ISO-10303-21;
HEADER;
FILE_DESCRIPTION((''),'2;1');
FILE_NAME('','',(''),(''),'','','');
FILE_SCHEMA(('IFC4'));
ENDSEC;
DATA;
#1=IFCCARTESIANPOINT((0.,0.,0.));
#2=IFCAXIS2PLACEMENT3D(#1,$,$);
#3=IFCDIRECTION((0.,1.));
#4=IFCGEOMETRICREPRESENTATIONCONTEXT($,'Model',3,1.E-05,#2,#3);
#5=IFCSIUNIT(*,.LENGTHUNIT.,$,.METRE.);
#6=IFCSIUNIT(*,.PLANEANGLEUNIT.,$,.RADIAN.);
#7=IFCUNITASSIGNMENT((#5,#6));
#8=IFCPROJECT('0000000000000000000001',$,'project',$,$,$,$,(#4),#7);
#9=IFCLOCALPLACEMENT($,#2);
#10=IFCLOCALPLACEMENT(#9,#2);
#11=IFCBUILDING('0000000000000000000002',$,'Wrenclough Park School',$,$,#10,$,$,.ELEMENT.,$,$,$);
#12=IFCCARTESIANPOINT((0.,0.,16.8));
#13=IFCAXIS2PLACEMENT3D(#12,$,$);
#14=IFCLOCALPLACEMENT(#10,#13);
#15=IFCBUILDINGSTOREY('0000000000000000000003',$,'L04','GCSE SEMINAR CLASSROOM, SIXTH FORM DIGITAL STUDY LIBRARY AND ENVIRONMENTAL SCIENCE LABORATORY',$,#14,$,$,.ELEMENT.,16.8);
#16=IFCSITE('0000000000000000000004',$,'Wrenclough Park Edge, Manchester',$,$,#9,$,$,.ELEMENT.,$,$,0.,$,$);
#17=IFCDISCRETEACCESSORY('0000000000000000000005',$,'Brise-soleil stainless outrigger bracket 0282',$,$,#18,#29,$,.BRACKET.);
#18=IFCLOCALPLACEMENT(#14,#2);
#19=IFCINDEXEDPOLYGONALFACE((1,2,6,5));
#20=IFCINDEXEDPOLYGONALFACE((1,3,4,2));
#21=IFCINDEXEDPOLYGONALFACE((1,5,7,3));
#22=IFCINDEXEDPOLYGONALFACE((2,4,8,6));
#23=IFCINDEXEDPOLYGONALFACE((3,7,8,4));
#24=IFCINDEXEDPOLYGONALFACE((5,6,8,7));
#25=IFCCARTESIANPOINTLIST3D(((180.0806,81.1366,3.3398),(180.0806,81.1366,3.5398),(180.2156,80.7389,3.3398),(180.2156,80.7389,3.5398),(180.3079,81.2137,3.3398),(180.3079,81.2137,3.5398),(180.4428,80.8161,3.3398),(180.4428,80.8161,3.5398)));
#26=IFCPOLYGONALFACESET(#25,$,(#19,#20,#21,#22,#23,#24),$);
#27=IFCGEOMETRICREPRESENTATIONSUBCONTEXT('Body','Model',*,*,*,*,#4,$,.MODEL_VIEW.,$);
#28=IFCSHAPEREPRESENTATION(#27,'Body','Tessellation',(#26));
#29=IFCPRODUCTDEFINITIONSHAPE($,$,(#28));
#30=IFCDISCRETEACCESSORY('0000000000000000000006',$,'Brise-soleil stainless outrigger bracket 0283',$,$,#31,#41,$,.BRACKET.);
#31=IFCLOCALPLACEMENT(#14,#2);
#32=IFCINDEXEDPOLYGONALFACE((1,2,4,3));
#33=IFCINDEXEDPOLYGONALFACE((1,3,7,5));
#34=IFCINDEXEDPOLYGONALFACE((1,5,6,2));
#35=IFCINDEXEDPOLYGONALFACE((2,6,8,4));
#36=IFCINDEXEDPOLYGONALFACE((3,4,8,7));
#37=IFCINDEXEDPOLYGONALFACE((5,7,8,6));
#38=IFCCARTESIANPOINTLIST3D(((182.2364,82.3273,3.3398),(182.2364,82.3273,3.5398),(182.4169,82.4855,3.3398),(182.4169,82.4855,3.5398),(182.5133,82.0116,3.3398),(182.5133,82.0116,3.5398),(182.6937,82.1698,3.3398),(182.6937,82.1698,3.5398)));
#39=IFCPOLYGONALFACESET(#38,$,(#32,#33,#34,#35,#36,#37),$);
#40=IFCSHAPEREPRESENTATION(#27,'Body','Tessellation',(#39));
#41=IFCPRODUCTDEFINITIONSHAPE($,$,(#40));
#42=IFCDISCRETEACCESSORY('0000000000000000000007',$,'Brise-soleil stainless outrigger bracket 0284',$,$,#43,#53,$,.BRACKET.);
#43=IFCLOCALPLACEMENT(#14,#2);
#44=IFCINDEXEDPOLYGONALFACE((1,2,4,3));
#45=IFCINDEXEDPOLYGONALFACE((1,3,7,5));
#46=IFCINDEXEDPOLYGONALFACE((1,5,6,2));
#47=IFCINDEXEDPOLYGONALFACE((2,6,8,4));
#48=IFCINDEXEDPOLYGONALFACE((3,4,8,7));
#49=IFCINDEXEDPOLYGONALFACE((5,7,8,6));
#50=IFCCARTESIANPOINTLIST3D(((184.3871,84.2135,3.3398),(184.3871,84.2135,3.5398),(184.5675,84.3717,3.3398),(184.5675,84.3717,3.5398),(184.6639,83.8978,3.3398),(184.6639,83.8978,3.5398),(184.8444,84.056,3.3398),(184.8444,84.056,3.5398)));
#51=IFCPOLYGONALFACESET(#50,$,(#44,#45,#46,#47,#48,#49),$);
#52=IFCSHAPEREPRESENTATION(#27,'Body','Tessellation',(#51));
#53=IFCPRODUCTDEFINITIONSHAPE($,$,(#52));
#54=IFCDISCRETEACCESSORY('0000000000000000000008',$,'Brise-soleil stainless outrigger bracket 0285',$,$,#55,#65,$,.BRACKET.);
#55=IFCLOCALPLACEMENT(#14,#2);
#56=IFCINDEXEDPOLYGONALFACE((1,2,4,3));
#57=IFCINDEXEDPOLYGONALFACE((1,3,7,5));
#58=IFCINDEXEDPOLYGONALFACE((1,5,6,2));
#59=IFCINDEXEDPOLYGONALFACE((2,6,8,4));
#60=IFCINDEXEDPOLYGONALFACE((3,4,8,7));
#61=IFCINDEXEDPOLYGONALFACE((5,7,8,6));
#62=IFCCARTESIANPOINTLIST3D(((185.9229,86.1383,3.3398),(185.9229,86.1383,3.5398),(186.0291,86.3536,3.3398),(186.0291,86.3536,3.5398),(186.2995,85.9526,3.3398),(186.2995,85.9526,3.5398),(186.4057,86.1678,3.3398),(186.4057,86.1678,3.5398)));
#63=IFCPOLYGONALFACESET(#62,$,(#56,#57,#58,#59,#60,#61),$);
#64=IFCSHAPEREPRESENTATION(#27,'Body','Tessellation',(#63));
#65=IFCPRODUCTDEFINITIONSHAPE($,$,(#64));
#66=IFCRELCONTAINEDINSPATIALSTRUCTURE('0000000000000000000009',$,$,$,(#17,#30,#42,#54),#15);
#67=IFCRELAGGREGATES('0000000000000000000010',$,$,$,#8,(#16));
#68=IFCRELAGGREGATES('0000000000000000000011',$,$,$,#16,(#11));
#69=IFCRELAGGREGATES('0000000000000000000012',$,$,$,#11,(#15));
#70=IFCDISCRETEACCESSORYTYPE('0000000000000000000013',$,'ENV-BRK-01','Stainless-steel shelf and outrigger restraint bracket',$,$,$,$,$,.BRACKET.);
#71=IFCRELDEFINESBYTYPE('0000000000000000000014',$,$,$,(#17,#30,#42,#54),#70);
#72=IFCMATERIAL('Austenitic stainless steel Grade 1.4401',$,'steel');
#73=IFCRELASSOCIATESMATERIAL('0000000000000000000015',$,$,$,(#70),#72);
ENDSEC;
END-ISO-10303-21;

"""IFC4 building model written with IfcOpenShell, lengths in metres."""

from ifc_helpers import new_model, si_unit, direction, frame, origin, origin_2d, place, context, subcontext, project, spatial, rectangle, extrude, material, type_object, element, save


model = new_model("IFC4")

# Units and contexts
model_context = context("Model", 3, precision=1e-05, world=origin(), true_north=direction((0.0, 1.0)))
body_context = subcontext(model_context, "Body", "Model", "MODEL_VIEW")
ifc_project = project(units=[si_unit("LENGTHUNIT", "METRE"), si_unit("PLANEANGLEUNIT", "RADIAN")], contexts=[model_context])

# Site, building, storey
site_placement = place(None, origin())
site = spatial("IfcSite", under=ifc_project, at=site_placement, Name="Wrenclough Park Edge, Manchester", CompositionType="ELEMENT", RefElevation=0.0)
building_placement = place(site_placement, origin())
building = spatial("IfcBuilding", under=site, at=building_placement, Name="Wrenclough Park School", CompositionType="ELEMENT")
storey_placement = place(building_placement, frame((0.0, 0.0, 16.8)))
storey = spatial("IfcBuildingStorey", under=building, at=storey_placement, Name="L04", Description="GCSE SEMINAR CLASSROOM, SIXTH FORM DIGITAL STUDY LIBRARY AND ENVIRONMENTAL SCIENCE LABORATORY", CompositionType="ELEMENT", Elevation=16.8)

# Discrete accessories
ifc_material_1 = material(Name="Austenitic stainless steel Grade 1.4401", Category="steel")
discrete_accessory_type = type_object("IfcDiscreteAccessoryType", Name="ENV-BRK-01", Description="Stainless-steel shelf and outrigger restraint bracket", PredefinedType="BRACKET", material=ifc_material_1)
for number, where, z_axis, x_axis, name in (
    (1, (180.2617, 80.9763, 3.3398), (0.0, 0.0, 1.0), (0.946937, 0.321421, 0.0), "Brise-soleil stainless outrigger bracket 0282"),
    (2, (182.4651, 82.2485, 3.3398), (0.0, 0.0, 1.0), (0.751838, 0.659348, 0.0), "Brise-soleil stainless outrigger bracket 0283"),
    (3, (184.6157, 84.1348, 3.3398), (0.0, 0.0, 1.0), (0.751838, 0.659348, 0.0), "Brise-soleil stainless outrigger bracket 0284"),
    (4, (186.1643, 86.1531, 3.3398), (0.0, 0.0, 1.0), (0.442316, 0.896859, 0.0), "Brise-soleil stainless outrigger bracket 0285"),
):
    element("IfcDiscreteAccessory", number, at=place(storey_placement, frame(where, z_axis=z_axis, x_axis=x_axis)), inside=storey, type_object=discrete_accessory_type, Name=name, PredefinedType="BRACKET", context=body_context, shape_type="SweptSolid", body=[
        extrude(rectangle(XDim=0.24, YDim=0.4199, at=origin_2d()), origin(), (0.0, 0.0, 1.0), 0.2),
    ])

save(model, "model.ifc")
